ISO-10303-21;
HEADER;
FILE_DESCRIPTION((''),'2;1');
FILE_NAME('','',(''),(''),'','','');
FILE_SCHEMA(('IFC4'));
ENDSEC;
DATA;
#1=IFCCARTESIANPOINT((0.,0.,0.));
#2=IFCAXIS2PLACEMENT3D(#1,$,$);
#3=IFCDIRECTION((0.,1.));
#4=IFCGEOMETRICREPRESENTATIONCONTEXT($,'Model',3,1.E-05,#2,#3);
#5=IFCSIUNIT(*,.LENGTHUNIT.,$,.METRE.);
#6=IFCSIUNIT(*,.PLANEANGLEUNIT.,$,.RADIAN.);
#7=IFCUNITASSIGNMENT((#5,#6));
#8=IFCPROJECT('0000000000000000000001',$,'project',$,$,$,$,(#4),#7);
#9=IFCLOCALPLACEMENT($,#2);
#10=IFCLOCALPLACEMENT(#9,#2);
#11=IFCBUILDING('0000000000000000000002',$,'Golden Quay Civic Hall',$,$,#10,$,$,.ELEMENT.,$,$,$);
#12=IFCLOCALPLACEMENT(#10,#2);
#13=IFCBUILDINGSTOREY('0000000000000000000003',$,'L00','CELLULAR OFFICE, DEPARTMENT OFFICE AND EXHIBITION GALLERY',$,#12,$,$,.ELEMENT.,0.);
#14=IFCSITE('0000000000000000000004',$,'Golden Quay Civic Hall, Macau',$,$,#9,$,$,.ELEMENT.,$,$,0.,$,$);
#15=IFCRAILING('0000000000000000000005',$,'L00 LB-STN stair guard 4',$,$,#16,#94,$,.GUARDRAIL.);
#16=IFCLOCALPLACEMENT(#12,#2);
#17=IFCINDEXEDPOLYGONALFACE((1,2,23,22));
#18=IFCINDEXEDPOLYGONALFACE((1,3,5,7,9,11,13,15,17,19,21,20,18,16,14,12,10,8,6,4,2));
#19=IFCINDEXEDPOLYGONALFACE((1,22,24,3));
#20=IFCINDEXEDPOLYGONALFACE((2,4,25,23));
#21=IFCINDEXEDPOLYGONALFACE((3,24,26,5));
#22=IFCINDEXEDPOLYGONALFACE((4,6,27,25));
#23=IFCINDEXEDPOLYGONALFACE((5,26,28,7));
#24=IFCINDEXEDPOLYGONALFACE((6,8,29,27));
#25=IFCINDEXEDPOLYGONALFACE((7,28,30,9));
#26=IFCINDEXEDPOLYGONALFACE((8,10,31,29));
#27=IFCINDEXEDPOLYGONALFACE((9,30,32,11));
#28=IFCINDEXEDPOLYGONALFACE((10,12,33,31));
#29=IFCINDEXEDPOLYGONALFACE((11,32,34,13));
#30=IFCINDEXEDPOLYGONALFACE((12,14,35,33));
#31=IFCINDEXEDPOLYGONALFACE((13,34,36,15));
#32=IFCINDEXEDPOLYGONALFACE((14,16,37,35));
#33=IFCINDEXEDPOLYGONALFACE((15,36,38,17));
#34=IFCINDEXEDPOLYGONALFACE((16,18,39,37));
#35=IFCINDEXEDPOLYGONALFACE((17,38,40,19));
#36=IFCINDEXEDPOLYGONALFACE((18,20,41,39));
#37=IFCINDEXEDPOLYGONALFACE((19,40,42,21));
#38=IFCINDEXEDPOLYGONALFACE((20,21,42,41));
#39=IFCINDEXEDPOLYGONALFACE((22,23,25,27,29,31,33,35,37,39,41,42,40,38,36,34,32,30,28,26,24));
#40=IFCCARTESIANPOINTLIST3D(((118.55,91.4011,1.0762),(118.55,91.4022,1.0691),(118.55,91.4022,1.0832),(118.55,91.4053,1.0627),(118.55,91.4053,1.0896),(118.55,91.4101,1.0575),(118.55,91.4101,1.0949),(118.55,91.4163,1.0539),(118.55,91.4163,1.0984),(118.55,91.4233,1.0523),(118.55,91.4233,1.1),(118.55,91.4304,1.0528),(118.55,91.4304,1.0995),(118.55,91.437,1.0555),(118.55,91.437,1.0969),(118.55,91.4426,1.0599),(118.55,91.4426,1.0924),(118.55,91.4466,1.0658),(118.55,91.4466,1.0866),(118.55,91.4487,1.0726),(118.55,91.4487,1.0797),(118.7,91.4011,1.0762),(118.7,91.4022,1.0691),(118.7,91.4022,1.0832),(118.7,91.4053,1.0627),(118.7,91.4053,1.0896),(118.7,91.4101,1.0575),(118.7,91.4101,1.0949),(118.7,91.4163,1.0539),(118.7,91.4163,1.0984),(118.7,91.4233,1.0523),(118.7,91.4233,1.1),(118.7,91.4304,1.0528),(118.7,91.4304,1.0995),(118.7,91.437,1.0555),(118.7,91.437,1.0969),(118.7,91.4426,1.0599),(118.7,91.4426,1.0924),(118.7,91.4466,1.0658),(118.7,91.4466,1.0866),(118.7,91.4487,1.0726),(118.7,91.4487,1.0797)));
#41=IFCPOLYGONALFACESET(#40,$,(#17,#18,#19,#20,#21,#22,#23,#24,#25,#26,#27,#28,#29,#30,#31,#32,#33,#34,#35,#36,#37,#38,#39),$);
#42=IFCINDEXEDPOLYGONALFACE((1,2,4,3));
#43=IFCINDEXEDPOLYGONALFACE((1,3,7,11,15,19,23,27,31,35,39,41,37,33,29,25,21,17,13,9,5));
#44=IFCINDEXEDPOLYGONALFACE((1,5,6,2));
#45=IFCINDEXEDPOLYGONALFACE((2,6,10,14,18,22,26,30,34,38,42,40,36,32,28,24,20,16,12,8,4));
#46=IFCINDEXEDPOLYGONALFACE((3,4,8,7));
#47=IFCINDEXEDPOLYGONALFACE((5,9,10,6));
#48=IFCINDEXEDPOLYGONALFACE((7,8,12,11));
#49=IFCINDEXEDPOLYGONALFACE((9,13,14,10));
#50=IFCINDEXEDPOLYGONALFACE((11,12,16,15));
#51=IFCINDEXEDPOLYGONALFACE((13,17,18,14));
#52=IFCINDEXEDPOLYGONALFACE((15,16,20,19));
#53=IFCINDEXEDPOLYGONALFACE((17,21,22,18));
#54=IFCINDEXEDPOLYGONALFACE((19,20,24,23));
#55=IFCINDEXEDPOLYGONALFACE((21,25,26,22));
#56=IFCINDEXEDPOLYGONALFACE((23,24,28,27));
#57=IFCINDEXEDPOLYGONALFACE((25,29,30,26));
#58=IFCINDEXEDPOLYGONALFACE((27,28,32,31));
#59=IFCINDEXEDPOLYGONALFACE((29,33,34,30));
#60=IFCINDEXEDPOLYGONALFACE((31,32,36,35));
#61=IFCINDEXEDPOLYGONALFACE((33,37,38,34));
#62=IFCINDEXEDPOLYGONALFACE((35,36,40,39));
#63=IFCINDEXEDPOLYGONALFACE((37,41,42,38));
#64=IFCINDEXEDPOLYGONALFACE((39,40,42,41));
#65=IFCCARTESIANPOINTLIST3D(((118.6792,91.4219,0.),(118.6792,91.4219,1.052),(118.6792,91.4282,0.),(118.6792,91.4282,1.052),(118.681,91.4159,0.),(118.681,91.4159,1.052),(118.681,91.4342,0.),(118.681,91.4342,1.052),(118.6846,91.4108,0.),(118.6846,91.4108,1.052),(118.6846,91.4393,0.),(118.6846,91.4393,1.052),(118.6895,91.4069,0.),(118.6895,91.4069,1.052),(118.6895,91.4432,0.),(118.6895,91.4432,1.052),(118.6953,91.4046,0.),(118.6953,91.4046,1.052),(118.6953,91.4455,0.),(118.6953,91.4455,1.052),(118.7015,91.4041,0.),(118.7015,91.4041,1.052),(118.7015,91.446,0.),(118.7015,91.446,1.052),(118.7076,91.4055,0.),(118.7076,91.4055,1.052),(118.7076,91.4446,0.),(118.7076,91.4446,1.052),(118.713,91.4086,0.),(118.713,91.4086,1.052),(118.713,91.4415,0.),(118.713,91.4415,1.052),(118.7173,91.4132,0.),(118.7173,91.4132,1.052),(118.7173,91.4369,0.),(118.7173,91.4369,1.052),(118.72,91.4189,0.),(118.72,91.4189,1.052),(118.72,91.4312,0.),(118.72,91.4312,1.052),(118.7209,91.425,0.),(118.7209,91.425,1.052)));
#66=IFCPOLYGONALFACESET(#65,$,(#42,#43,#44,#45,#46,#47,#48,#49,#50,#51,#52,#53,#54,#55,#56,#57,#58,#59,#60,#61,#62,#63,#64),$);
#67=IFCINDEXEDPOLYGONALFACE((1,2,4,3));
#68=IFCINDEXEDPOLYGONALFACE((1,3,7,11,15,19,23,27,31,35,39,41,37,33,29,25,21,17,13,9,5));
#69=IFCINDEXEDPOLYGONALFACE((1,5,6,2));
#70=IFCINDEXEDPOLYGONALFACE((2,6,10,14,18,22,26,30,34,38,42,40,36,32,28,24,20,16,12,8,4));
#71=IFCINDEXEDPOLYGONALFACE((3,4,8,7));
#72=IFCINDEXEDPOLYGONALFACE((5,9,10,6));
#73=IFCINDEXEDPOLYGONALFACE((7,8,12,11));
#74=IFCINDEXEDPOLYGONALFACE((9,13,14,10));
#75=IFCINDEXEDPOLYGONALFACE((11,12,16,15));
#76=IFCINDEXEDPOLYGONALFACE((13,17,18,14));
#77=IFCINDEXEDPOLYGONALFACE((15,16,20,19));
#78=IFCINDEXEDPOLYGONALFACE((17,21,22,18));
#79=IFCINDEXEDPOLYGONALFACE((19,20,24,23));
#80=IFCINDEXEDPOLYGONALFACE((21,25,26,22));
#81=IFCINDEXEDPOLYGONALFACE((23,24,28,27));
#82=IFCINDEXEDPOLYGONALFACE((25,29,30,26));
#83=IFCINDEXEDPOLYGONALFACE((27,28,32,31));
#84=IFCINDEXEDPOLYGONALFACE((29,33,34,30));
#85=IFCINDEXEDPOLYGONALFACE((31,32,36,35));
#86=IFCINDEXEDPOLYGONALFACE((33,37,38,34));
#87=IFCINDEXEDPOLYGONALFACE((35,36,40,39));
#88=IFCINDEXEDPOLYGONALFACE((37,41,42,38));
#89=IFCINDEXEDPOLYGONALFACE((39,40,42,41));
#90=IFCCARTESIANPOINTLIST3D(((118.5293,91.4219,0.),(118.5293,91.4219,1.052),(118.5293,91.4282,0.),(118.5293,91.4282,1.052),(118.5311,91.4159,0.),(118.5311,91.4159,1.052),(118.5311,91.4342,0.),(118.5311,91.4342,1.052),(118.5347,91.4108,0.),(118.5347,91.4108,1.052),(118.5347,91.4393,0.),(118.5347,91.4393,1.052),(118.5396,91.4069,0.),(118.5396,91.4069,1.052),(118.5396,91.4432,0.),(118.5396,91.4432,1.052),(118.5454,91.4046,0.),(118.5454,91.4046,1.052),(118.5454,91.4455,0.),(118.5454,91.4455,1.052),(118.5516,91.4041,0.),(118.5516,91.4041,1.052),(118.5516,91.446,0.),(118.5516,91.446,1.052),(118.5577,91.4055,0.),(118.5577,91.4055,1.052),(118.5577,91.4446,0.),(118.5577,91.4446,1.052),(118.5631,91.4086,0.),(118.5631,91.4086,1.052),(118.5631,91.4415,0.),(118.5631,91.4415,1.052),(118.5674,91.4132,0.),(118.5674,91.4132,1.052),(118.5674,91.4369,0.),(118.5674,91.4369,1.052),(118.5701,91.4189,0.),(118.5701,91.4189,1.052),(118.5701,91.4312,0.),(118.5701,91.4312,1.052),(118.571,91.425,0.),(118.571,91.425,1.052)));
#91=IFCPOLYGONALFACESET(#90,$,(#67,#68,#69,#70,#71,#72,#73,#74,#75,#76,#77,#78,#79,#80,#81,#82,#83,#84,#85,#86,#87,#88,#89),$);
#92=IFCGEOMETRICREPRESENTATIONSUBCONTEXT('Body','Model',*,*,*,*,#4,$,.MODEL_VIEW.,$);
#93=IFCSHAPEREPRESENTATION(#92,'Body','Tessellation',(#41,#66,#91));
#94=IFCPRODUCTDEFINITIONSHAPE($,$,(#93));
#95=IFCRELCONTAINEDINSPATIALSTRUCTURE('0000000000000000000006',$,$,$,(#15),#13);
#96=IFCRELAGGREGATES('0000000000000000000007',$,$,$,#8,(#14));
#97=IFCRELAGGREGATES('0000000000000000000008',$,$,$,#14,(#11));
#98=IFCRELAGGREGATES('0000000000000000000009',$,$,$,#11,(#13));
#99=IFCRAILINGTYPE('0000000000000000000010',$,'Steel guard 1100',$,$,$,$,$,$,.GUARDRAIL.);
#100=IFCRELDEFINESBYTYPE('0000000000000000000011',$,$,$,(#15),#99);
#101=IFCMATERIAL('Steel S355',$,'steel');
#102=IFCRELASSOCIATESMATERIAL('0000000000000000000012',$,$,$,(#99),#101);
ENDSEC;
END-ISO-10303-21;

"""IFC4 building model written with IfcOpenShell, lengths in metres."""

from ifc_helpers import new_model, si_unit, direction, frame, origin, origin_2d, place, context, subcontext, project, spatial, circle, extrude, material, type_object, element, save


model = new_model("IFC4")

# Units and contexts
model_context = context("Model", 3, precision=1e-05, world=origin(), true_north=direction((0.0, 1.0)))
body_context = subcontext(model_context, "Body", "Model", "MODEL_VIEW")
ifc_project = project(units=[si_unit("LENGTHUNIT", "METRE"), si_unit("PLANEANGLEUNIT", "RADIAN")], contexts=[model_context])

# Site, building, storey
site_placement = place(None, origin())
site = spatial("IfcSite", under=ifc_project, at=site_placement, Name="Golden Quay Civic Hall, Macau", CompositionType="ELEMENT", RefElevation=0.0)
building_placement = place(site_placement, origin())
building = spatial("IfcBuilding", under=site, at=building_placement, Name="Golden Quay Civic Hall", CompositionType="ELEMENT")
storey_placement = place(building_placement, origin())
storey = spatial("IfcBuildingStorey", under=building, at=storey_placement, Name="L00", Description="CELLULAR OFFICE, DEPARTMENT OFFICE AND EXHIBITION GALLERY", CompositionType="ELEMENT", Elevation=0.0)

# Railing
ifc_material_1 = material(Name="Steel S355", Category="steel")
railing_type_1 = type_object("IfcRailingType", Name="Steel guard 1100", PredefinedType="GUARDRAIL", material=ifc_material_1)
railing_1_placement = place(storey_placement, frame((118.7, 91.425, 0.0)))
element("IfcRailing", 1, at=railing_1_placement, inside=storey, type_object=railing_type_1, Name="L00 LB-STN stair guard 4", PredefinedType="GUARDRAIL", context=body_context, shape_type="SweptSolid", body=[
    extrude(circle(Radius=0.0239, at=origin_2d()), frame((0.0, 0.0, 1.0762), z_axis=(-1.0, 0.0, 0.0), x_axis=(0.0, -1.0, 0.0)), (0.0, 0.0, 1.0), 0.1499),
    extrude(circle(Radius=0.021, at=origin_2d()), origin(), (0.0, 0.0, 1.0), 1.052),
    extrude(circle(Radius=0.021, at=origin_2d()), frame((-0.1499, 0.0, 0.0)), (0.0, 0.0, 1.0), 1.052),
])

save(model, "model.ifc")
